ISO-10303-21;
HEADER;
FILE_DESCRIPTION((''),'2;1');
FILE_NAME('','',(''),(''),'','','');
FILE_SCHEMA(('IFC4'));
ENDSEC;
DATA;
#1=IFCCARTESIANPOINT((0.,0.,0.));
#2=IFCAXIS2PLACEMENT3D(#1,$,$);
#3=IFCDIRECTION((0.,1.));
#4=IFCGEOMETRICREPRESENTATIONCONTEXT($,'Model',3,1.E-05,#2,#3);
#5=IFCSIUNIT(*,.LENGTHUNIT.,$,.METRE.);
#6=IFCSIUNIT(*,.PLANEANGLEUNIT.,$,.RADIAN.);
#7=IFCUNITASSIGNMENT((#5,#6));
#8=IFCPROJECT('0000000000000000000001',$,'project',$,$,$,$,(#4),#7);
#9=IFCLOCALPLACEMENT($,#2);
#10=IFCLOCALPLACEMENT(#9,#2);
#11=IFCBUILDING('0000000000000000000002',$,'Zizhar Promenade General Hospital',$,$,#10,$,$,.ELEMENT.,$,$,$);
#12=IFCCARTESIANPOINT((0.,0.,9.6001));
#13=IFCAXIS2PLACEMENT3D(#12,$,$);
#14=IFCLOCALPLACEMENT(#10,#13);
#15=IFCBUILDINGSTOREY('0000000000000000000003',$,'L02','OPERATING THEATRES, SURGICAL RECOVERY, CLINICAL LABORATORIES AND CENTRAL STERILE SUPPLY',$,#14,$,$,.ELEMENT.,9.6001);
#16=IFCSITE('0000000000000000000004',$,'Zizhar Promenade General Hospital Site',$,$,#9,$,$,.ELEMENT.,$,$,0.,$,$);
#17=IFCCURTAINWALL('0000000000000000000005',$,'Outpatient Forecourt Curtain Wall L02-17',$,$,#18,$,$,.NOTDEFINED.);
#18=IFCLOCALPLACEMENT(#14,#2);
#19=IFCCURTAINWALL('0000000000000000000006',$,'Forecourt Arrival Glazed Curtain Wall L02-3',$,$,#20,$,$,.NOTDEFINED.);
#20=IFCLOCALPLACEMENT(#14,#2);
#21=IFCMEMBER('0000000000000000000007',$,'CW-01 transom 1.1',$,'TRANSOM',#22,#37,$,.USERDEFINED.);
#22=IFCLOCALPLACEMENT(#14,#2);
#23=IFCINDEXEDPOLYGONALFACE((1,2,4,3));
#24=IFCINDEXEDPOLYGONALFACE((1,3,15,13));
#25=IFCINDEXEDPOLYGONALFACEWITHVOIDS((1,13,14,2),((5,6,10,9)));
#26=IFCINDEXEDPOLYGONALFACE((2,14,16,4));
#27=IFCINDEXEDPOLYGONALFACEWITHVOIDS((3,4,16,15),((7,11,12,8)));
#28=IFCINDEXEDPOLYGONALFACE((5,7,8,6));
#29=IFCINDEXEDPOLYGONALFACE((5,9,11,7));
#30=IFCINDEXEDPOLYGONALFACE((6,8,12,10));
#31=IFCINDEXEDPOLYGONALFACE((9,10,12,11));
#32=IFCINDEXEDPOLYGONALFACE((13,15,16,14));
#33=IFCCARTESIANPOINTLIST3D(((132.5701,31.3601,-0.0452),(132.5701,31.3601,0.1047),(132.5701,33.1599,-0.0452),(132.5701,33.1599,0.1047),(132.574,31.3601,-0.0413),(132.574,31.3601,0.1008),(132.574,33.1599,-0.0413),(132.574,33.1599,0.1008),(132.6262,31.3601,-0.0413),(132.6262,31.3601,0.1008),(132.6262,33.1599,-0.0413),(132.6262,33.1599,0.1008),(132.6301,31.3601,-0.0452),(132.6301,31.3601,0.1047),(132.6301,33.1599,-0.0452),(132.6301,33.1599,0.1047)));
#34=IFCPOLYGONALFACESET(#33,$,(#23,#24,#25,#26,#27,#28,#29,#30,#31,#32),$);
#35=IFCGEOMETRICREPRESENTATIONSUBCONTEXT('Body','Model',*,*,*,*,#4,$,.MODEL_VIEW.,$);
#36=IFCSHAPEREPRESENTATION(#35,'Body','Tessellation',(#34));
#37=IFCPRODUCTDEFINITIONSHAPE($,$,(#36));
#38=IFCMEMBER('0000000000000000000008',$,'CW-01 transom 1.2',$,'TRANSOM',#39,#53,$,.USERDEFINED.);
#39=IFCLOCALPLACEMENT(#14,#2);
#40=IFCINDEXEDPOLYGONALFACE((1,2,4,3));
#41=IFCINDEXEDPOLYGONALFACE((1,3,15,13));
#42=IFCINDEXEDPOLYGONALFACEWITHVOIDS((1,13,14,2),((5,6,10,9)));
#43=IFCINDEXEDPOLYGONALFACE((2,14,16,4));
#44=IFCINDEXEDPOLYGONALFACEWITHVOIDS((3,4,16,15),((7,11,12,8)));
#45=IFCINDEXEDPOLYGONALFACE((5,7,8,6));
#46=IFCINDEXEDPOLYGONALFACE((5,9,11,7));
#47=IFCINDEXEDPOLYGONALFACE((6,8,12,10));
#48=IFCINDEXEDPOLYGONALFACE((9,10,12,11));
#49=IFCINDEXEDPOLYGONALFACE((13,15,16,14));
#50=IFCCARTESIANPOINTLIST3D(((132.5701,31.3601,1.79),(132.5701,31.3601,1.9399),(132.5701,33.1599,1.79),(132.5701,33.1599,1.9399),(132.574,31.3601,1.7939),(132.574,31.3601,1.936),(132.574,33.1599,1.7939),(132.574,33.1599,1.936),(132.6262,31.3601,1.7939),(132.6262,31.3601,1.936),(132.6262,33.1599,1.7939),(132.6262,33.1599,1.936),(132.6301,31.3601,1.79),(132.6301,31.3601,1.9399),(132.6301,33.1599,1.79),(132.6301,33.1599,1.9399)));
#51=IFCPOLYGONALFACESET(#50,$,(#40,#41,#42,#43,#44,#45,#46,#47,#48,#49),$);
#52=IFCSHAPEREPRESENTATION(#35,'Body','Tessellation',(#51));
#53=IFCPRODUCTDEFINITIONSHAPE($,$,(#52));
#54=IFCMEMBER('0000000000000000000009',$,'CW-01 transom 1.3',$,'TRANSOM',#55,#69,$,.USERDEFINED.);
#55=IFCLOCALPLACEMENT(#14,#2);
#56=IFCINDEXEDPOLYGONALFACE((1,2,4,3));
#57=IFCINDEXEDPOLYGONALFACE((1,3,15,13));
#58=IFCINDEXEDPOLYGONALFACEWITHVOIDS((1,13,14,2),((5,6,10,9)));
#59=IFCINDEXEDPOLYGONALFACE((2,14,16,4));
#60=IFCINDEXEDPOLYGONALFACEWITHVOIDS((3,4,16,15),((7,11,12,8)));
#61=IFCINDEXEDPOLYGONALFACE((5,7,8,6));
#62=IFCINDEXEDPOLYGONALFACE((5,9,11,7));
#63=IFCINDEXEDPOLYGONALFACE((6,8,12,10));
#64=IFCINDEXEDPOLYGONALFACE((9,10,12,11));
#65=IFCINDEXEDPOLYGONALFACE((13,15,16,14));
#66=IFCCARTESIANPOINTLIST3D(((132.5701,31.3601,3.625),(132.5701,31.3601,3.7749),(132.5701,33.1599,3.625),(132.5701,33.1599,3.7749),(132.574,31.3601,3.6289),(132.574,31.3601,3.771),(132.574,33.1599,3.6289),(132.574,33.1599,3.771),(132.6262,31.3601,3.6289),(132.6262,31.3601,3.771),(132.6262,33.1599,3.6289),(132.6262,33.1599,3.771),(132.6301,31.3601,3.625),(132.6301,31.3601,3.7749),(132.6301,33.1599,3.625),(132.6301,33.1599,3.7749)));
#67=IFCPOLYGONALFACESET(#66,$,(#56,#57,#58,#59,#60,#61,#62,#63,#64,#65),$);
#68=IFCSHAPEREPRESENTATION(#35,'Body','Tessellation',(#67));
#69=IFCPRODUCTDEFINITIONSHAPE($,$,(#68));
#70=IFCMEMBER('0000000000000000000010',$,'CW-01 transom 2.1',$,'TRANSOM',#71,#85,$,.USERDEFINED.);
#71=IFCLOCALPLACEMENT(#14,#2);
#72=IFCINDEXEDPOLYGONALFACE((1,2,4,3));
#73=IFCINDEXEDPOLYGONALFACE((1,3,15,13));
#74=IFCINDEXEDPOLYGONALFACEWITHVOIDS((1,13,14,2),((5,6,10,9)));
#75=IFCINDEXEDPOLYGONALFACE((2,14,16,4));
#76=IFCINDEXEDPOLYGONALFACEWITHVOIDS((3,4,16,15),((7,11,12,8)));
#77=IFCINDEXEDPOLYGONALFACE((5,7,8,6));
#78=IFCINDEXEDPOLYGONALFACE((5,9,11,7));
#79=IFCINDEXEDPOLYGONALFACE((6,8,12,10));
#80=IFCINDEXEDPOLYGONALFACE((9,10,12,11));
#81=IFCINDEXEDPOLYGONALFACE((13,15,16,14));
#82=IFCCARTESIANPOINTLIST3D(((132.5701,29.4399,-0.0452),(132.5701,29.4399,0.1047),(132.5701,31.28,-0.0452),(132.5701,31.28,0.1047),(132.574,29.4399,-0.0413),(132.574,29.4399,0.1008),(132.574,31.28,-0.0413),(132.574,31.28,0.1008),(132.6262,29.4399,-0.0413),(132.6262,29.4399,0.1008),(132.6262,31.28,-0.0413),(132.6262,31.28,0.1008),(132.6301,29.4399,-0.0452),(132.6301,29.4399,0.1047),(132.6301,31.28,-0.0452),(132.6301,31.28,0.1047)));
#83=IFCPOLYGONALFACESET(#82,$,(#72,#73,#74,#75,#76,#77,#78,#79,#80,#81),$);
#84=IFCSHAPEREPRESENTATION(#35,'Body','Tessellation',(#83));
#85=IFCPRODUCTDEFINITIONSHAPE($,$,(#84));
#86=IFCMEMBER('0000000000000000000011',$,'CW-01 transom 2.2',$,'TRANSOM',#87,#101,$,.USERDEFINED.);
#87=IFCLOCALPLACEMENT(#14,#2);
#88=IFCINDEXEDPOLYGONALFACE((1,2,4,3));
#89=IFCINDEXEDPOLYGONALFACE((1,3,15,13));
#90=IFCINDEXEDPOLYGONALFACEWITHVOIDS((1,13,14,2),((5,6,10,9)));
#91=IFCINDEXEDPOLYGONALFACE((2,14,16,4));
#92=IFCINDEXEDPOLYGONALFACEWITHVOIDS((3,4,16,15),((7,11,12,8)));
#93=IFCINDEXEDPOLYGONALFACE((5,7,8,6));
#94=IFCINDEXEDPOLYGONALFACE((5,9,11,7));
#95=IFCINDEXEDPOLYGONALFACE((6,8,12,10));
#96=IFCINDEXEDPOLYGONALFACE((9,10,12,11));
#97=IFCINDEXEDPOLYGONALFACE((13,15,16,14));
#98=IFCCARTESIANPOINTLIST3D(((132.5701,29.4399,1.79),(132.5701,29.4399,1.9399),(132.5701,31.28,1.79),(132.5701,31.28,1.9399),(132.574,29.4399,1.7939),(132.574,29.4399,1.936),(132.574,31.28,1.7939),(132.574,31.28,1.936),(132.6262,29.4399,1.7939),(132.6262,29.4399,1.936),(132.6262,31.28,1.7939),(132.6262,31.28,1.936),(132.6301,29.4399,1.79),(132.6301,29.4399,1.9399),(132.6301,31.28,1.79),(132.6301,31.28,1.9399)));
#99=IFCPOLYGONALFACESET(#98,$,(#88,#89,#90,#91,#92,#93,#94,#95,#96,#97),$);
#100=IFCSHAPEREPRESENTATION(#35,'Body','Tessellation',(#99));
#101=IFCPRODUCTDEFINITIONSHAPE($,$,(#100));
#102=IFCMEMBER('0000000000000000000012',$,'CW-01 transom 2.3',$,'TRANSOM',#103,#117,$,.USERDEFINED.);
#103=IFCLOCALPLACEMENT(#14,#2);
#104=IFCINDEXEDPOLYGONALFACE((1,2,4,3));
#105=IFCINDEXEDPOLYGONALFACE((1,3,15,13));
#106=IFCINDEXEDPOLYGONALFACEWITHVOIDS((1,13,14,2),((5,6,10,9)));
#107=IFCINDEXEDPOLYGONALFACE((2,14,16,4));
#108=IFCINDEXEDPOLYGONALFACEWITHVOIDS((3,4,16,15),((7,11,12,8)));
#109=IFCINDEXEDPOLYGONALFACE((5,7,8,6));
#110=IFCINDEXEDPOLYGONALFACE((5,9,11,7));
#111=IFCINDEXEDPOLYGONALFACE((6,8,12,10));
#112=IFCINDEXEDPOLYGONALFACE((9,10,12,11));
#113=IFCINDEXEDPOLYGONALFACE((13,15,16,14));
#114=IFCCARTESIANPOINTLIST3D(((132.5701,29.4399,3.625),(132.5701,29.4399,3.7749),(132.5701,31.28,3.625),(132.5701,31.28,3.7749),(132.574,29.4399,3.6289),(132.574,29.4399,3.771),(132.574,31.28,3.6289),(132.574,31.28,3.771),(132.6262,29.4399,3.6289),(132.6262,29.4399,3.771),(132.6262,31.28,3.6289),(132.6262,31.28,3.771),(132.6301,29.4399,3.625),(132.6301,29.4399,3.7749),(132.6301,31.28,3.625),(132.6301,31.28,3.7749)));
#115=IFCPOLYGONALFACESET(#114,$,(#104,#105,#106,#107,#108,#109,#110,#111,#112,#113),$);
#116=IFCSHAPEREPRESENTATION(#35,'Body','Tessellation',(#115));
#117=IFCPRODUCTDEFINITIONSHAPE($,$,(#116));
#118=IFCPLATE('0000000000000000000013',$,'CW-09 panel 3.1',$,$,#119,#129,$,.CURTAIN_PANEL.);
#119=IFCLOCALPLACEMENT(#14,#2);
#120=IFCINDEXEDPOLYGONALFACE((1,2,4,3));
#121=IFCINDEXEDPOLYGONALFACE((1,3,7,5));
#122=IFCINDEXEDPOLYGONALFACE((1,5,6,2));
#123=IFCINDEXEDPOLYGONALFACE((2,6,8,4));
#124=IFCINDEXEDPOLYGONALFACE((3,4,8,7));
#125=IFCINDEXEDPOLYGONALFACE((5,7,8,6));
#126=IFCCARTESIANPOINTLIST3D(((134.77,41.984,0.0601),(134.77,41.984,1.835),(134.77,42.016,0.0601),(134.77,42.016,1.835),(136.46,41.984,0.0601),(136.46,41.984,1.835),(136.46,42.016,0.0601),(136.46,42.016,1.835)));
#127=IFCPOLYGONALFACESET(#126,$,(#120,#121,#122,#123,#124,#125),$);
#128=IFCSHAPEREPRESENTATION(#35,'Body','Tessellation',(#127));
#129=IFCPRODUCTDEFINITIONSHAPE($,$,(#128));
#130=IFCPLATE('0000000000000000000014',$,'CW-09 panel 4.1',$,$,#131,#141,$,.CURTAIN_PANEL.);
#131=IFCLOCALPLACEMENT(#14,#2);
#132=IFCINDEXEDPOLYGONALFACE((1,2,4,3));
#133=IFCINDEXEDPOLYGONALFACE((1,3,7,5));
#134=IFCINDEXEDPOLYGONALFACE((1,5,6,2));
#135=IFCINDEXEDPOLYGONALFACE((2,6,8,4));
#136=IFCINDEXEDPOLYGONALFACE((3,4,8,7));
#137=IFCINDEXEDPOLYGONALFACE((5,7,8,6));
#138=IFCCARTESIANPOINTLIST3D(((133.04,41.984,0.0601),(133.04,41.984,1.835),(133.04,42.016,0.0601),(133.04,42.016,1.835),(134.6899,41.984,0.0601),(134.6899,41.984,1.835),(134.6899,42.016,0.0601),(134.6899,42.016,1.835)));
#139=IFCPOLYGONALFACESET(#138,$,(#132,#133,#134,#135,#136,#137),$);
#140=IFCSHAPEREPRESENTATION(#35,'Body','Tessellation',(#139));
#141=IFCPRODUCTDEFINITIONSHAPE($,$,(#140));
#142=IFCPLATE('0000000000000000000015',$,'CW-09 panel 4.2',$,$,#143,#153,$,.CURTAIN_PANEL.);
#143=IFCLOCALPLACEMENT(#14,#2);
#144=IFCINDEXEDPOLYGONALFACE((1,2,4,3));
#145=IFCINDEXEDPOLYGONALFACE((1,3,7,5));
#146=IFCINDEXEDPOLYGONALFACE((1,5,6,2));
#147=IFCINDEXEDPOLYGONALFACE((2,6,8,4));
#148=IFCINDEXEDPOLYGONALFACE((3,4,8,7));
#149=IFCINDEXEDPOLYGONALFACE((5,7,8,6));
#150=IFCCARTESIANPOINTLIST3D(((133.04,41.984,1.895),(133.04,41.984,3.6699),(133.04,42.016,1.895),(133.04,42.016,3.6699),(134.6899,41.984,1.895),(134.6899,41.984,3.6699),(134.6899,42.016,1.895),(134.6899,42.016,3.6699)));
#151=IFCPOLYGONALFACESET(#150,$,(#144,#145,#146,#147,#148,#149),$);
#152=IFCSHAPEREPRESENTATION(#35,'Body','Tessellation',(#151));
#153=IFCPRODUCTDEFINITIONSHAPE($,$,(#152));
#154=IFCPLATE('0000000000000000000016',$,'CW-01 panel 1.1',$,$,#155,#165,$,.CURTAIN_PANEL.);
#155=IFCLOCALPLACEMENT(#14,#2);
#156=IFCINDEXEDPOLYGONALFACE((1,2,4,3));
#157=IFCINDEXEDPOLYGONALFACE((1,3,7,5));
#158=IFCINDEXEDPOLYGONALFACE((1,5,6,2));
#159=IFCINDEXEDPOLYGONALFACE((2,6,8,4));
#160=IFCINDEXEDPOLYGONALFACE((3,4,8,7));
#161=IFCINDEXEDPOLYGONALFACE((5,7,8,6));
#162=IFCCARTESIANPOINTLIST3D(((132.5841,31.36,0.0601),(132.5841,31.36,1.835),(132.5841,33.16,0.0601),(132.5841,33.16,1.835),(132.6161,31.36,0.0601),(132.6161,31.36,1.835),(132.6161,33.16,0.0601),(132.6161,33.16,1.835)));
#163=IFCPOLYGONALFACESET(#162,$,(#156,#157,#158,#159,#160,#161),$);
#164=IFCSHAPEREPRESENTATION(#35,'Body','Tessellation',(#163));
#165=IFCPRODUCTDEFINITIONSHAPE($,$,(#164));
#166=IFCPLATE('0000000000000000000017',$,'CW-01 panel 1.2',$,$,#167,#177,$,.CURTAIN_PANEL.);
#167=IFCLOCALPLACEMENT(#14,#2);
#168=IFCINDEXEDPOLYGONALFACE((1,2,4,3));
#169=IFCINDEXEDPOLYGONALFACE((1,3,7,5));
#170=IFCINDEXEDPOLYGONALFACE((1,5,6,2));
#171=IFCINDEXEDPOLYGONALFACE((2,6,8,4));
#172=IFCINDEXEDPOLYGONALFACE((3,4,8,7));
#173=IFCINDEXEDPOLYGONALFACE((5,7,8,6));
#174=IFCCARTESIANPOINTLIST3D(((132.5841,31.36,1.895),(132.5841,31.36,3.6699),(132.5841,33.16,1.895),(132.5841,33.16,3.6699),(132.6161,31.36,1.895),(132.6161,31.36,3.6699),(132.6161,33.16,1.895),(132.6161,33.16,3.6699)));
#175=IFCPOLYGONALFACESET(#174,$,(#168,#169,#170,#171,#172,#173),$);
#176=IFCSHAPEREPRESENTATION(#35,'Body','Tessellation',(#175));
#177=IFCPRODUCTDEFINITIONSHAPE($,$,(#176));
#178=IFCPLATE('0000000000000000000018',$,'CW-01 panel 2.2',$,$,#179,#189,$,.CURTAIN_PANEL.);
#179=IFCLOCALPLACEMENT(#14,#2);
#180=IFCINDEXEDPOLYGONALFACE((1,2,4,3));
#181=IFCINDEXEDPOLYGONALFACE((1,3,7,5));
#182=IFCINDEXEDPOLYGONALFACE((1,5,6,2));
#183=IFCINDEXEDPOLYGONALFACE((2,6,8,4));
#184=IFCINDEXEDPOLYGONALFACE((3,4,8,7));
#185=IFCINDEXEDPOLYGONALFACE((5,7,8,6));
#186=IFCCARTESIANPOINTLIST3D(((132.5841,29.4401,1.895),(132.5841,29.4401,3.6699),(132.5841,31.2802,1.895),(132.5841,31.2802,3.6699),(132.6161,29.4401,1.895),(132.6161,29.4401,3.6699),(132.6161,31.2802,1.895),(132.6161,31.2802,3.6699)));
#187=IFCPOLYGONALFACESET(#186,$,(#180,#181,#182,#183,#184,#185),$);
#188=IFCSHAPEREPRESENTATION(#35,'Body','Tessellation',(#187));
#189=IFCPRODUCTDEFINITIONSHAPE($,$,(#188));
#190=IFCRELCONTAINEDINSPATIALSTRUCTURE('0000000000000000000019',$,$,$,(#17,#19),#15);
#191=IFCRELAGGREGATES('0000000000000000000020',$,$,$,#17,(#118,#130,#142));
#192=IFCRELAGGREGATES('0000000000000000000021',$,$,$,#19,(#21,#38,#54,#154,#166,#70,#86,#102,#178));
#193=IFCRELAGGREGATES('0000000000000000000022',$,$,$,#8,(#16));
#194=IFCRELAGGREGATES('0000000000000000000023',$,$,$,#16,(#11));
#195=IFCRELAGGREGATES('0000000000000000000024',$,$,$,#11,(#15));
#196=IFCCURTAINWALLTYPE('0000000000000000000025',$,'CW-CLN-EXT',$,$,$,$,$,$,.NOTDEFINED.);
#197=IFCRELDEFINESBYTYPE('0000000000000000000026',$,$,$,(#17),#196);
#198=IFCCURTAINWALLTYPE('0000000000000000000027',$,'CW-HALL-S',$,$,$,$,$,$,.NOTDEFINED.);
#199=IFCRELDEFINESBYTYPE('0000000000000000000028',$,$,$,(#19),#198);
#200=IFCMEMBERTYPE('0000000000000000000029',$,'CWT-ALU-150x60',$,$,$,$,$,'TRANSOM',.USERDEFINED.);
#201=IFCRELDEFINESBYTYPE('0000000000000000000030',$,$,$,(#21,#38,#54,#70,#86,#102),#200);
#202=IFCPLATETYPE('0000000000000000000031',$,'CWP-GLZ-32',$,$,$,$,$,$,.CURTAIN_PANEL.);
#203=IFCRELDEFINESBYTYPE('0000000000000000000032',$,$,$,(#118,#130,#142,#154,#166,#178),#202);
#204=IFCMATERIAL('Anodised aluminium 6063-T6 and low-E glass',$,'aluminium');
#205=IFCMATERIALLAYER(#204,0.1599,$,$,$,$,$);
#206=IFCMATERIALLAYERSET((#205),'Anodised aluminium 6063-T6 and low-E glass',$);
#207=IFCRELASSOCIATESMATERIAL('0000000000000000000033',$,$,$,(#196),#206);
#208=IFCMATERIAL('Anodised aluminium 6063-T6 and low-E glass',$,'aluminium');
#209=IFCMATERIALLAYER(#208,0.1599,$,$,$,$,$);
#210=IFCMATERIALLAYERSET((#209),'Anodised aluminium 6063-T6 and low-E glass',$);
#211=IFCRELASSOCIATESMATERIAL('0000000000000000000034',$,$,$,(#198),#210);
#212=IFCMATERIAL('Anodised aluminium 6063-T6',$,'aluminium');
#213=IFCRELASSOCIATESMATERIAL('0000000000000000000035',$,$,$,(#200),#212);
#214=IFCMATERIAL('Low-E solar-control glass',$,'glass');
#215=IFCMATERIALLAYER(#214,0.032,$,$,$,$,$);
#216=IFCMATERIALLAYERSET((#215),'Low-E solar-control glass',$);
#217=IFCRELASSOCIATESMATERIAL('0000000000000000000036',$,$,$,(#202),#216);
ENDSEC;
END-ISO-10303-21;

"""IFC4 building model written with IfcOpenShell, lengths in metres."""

from ifc_helpers import new_model, si_unit, direction, frame, origin, origin_2d, place, context, subcontext, project, spatial, rectangle, hollow_rectangle, extrude, material, layer, layer_set, material_profile, profile_set, type_object, element, aggregate, save


model = new_model("IFC4")

# Units and contexts
model_context = context("Model", 3, precision=1e-05, world=origin(), true_north=direction((0.0, 1.0)))
body_context = subcontext(model_context, "Body", "Model", "MODEL_VIEW")
ifc_project = project(units=[si_unit("LENGTHUNIT", "METRE"), si_unit("PLANEANGLEUNIT", "RADIAN")], contexts=[model_context])

# Site, building, storey
site_placement = place(None, origin())
site = spatial("IfcSite", under=ifc_project, at=site_placement, Name="Zizhar Promenade General Hospital Site", CompositionType="ELEMENT", RefElevation=0.0)
building_placement = place(site_placement, origin())
building = spatial("IfcBuilding", under=site, at=building_placement, Name="Zizhar Promenade General Hospital", CompositionType="ELEMENT")
storey_placement = place(building_placement, frame((0.0, 0.0, 9.6001)))
storey = spatial("IfcBuildingStorey", under=building, at=storey_placement, Name="L02", Description="OPERATING THEATRES, SURGICAL RECOVERY, CLINICAL LABORATORIES AND CENTRAL STERILE SUPPLY", CompositionType="ELEMENT", Elevation=9.6001)

# Curtain walls
ifc_material_1 = material(Name="Anodised aluminium 6063-T6 and low-E glass", Category="aluminium")
ifc_layer_1 = layer(ifc_material_1, 0.1599)
ifc_layer_set_1 = layer_set([ifc_layer_1], Name="Anodised aluminium 6063-T6 and low-E glass")
curtain_wall_type_1 = type_object("IfcCurtainWallType", Name="CW-CLN-EXT", PredefinedType="NOTDEFINED", material=ifc_layer_set_1)
curtain_wall_1_placement = place(storey_placement, origin())
curtain_wall_1 = element("IfcCurtainWall", 1, at=curtain_wall_1_placement, inside=storey, type_object=curtain_wall_type_1, Name="Outpatient Forecourt Curtain Wall L02-17", PredefinedType="NOTDEFINED")
ifc_material_2 = material(Name="Anodised aluminium 6063-T6 and low-E glass", Category="aluminium")
ifc_layer_2 = layer(ifc_material_2, 0.1599)
ifc_layer_set_2 = layer_set([ifc_layer_2], Name="Anodised aluminium 6063-T6 and low-E glass")
curtain_wall_type_2 = type_object("IfcCurtainWallType", Name="CW-HALL-S", PredefinedType="NOTDEFINED", material=ifc_layer_set_2)
curtain_wall_2_placement = place(storey_placement, origin())
curtain_wall_2 = element("IfcCurtainWall", 2, at=curtain_wall_2_placement, inside=storey, type_object=curtain_wall_type_2, Name="Forecourt Arrival Glazed Curtain Wall L02-3", PredefinedType="NOTDEFINED")

# Members
ifc_material_3 = material(Name="Anodised aluminium 6063-T6", Category="aluminium")
ifc_material_profile_1 = material_profile(ifc_material_3, hollow_rectangle(XDim=0.0601, YDim=0.1499, WallThickness=0.0039, at=origin_2d()))
ifc_profile_set_1 = profile_set([ifc_material_profile_1], Name="Anodised aluminium 6063-T6")
member_type_1 = type_object("IfcMemberType", Name="CWT-ALU-150x60", ElementType="TRANSOM", PredefinedType="USERDEFINED", material=ifc_profile_set_1)
member_1_placement = place(storey_placement, frame((132.6001, 33.1599, 0.0298), z_axis=(0.0, -1.0, 0.0), x_axis=(1.0, 0.0, 0.0)))
member_1 = element("IfcMember", 3, at=member_1_placement, type_object=member_type_1, Name="CW-01 transom 1.1", ObjectType="TRANSOM", PredefinedType="USERDEFINED", context=body_context, shape_type="SweptSolid", body=[
    extrude(hollow_rectangle(XDim=0.0601, YDim=0.1499, WallThickness=0.0039, at=origin_2d()), origin(), (0.0, 0.0, 1.0), 1.7998),
])
member_2_placement = place(storey_placement, frame((132.6001, 33.1599, 1.865), z_axis=(0.0, -1.0, 0.0), x_axis=(1.0, 0.0, 0.0)))
member_2 = element("IfcMember", 4, at=member_2_placement, type_object=member_type_1, Name="CW-01 transom 1.2", ObjectType="TRANSOM", PredefinedType="USERDEFINED", context=body_context, shape_type="SweptSolid", body=[
    extrude(hollow_rectangle(XDim=0.0601, YDim=0.1499, WallThickness=0.0039, at=origin_2d()), origin(), (0.0, 0.0, 1.0), 1.7998),
])
member_3_placement = place(storey_placement, frame((132.6001, 33.1599, 3.7), z_axis=(0.0, -1.0, 0.0), x_axis=(1.0, 0.0, 0.0)))
member_3 = element("IfcMember", 5, at=member_3_placement, type_object=member_type_1, Name="CW-01 transom 1.3", ObjectType="TRANSOM", PredefinedType="USERDEFINED", context=body_context, shape_type="SweptSolid", body=[
    extrude(hollow_rectangle(XDim=0.0601, YDim=0.1499, WallThickness=0.0039, at=origin_2d()), origin(), (0.0, 0.0, 1.0), 1.7998),
])
member_4_placement = place(storey_placement, frame((132.6001, 31.28, 0.0298), z_axis=(0.0, -1.0, 0.0), x_axis=(1.0, 0.0, 0.0)))
member_4 = element("IfcMember", 6, at=member_4_placement, type_object=member_type_1, Name="CW-01 transom 2.1", ObjectType="TRANSOM", PredefinedType="USERDEFINED", context=body_context, shape_type="SweptSolid", body=[
    extrude(hollow_rectangle(XDim=0.0601, YDim=0.1499, WallThickness=0.0039, at=origin_2d()), origin(), (0.0, 0.0, 1.0), 1.8401),
])
member_5_placement = place(storey_placement, frame((132.6001, 31.28, 1.865), z_axis=(0.0, -1.0, 0.0), x_axis=(1.0, 0.0, 0.0)))
member_5 = element("IfcMember", 7, at=member_5_placement, type_object=member_type_1, Name="CW-01 transom 2.2", ObjectType="TRANSOM", PredefinedType="USERDEFINED", context=body_context, shape_type="SweptSolid", body=[
    extrude(hollow_rectangle(XDim=0.0601, YDim=0.1499, WallThickness=0.0039, at=origin_2d()), origin(), (0.0, 0.0, 1.0), 1.8401),
])
member_6_placement = place(storey_placement, frame((132.6001, 31.28, 3.7), z_axis=(0.0, -1.0, 0.0), x_axis=(1.0, 0.0, 0.0)))
member_6 = element("IfcMember", 8, at=member_6_placement, type_object=member_type_1, Name="CW-01 transom 2.3", ObjectType="TRANSOM", PredefinedType="USERDEFINED", context=body_context, shape_type="SweptSolid", body=[
    extrude(hollow_rectangle(XDim=0.0601, YDim=0.1499, WallThickness=0.0039, at=origin_2d()), origin(), (0.0, 0.0, 1.0), 1.8401),
])

# Plates
ifc_material_4 = material(Name="Low-E solar-control glass", Category="glass")
ifc_layer_3 = layer(ifc_material_4, 0.032)
ifc_layer_set_3 = layer_set([ifc_layer_3], Name="Low-E solar-control glass")
plate_type = type_object("IfcPlateType", Name="CWP-GLZ-32", PredefinedType="CURTAIN_PANEL", material=ifc_layer_set_3)
plate_1_placement = place(storey_placement, frame((135.615, 42.0, 0.0601), z_axis=(0.0, 0.0, 1.0), x_axis=(-1.0, 0.0, 0.0)))
plate_1 = element("IfcPlate", 9, at=plate_1_placement, type_object=plate_type, Name="CW-09 panel 3.1", PredefinedType="CURTAIN_PANEL", context=body_context, shape_type="SweptSolid", body=[
    extrude(rectangle(XDim=1.6899, YDim=0.032, at=origin_2d()), origin(), (0.0, 0.0, 1.0), 1.7749),
])
plate_2_placement = place(storey_placement, frame((133.865, 42.0, 0.0601), z_axis=(0.0, 0.0, 1.0), x_axis=(-1.0, 0.0, 0.0)))
plate_2 = element("IfcPlate", 10, at=plate_2_placement, type_object=plate_type, Name="CW-09 panel 4.1", PredefinedType="CURTAIN_PANEL", context=body_context, shape_type="SweptSolid", body=[
    extrude(rectangle(XDim=1.6499, YDim=0.032, at=origin_2d()), origin(), (0.0, 0.0, 1.0), 1.7749),
])
plate_3_placement = place(storey_placement, frame((133.865, 42.0, 1.895), z_axis=(0.0, 0.0, 1.0), x_axis=(-1.0, 0.0, 0.0)))
plate_3 = element("IfcPlate", 11, at=plate_3_placement, type_object=plate_type, Name="CW-09 panel 4.2", PredefinedType="CURTAIN_PANEL", context=body_context, shape_type="SweptSolid", body=[
    extrude(rectangle(XDim=1.6499, YDim=0.032, at=origin_2d()), origin(), (0.0, 0.0, 1.0), 1.7749),
])
aggregate(curtain_wall_1, [plate_1, plate_2, plate_3])
plate_4_placement = place(storey_placement, frame((132.6001, 32.26, 0.0601), z_axis=(0.0, 0.0, 1.0), x_axis=(0.0, -1.0, 0.0)))
plate_4 = element("IfcPlate", 12, at=plate_4_placement, type_object=plate_type, Name="CW-01 panel 1.1", PredefinedType="CURTAIN_PANEL", context=body_context, shape_type="SweptSolid", body=[
    extrude(rectangle(XDim=1.8, YDim=0.032, at=origin_2d()), origin(), (0.0, 0.0, 1.0), 1.7749),
])
plate_5_placement = place(storey_placement, frame((132.6001, 32.26, 1.895), z_axis=(0.0, 0.0, 1.0), x_axis=(0.0, -1.0, 0.0)))
plate_5 = element("IfcPlate", 13, at=plate_5_placement, type_object=plate_type, Name="CW-01 panel 1.2", PredefinedType="CURTAIN_PANEL", context=body_context, shape_type="SweptSolid", body=[
    extrude(rectangle(XDim=1.8, YDim=0.032, at=origin_2d()), origin(), (0.0, 0.0, 1.0), 1.7749),
])
plate_6_placement = place(storey_placement, frame((132.6001, 30.3601, 1.895), z_axis=(0.0, 0.0, 1.0), x_axis=(0.0, -1.0, 0.0)))
plate_6 = element("IfcPlate", 14, at=plate_6_placement, type_object=plate_type, Name="CW-01 panel 2.2", PredefinedType="CURTAIN_PANEL", context=body_context, shape_type="SweptSolid", body=[
    extrude(rectangle(XDim=1.8401, YDim=0.032, at=origin_2d()), origin(), (0.0, 0.0, 1.0), 1.7749),
])
aggregate(curtain_wall_2, [member_1, member_2, member_3, plate_4, plate_5, member_4, member_5, member_6, plate_6])

save(model, "model.ifc")
